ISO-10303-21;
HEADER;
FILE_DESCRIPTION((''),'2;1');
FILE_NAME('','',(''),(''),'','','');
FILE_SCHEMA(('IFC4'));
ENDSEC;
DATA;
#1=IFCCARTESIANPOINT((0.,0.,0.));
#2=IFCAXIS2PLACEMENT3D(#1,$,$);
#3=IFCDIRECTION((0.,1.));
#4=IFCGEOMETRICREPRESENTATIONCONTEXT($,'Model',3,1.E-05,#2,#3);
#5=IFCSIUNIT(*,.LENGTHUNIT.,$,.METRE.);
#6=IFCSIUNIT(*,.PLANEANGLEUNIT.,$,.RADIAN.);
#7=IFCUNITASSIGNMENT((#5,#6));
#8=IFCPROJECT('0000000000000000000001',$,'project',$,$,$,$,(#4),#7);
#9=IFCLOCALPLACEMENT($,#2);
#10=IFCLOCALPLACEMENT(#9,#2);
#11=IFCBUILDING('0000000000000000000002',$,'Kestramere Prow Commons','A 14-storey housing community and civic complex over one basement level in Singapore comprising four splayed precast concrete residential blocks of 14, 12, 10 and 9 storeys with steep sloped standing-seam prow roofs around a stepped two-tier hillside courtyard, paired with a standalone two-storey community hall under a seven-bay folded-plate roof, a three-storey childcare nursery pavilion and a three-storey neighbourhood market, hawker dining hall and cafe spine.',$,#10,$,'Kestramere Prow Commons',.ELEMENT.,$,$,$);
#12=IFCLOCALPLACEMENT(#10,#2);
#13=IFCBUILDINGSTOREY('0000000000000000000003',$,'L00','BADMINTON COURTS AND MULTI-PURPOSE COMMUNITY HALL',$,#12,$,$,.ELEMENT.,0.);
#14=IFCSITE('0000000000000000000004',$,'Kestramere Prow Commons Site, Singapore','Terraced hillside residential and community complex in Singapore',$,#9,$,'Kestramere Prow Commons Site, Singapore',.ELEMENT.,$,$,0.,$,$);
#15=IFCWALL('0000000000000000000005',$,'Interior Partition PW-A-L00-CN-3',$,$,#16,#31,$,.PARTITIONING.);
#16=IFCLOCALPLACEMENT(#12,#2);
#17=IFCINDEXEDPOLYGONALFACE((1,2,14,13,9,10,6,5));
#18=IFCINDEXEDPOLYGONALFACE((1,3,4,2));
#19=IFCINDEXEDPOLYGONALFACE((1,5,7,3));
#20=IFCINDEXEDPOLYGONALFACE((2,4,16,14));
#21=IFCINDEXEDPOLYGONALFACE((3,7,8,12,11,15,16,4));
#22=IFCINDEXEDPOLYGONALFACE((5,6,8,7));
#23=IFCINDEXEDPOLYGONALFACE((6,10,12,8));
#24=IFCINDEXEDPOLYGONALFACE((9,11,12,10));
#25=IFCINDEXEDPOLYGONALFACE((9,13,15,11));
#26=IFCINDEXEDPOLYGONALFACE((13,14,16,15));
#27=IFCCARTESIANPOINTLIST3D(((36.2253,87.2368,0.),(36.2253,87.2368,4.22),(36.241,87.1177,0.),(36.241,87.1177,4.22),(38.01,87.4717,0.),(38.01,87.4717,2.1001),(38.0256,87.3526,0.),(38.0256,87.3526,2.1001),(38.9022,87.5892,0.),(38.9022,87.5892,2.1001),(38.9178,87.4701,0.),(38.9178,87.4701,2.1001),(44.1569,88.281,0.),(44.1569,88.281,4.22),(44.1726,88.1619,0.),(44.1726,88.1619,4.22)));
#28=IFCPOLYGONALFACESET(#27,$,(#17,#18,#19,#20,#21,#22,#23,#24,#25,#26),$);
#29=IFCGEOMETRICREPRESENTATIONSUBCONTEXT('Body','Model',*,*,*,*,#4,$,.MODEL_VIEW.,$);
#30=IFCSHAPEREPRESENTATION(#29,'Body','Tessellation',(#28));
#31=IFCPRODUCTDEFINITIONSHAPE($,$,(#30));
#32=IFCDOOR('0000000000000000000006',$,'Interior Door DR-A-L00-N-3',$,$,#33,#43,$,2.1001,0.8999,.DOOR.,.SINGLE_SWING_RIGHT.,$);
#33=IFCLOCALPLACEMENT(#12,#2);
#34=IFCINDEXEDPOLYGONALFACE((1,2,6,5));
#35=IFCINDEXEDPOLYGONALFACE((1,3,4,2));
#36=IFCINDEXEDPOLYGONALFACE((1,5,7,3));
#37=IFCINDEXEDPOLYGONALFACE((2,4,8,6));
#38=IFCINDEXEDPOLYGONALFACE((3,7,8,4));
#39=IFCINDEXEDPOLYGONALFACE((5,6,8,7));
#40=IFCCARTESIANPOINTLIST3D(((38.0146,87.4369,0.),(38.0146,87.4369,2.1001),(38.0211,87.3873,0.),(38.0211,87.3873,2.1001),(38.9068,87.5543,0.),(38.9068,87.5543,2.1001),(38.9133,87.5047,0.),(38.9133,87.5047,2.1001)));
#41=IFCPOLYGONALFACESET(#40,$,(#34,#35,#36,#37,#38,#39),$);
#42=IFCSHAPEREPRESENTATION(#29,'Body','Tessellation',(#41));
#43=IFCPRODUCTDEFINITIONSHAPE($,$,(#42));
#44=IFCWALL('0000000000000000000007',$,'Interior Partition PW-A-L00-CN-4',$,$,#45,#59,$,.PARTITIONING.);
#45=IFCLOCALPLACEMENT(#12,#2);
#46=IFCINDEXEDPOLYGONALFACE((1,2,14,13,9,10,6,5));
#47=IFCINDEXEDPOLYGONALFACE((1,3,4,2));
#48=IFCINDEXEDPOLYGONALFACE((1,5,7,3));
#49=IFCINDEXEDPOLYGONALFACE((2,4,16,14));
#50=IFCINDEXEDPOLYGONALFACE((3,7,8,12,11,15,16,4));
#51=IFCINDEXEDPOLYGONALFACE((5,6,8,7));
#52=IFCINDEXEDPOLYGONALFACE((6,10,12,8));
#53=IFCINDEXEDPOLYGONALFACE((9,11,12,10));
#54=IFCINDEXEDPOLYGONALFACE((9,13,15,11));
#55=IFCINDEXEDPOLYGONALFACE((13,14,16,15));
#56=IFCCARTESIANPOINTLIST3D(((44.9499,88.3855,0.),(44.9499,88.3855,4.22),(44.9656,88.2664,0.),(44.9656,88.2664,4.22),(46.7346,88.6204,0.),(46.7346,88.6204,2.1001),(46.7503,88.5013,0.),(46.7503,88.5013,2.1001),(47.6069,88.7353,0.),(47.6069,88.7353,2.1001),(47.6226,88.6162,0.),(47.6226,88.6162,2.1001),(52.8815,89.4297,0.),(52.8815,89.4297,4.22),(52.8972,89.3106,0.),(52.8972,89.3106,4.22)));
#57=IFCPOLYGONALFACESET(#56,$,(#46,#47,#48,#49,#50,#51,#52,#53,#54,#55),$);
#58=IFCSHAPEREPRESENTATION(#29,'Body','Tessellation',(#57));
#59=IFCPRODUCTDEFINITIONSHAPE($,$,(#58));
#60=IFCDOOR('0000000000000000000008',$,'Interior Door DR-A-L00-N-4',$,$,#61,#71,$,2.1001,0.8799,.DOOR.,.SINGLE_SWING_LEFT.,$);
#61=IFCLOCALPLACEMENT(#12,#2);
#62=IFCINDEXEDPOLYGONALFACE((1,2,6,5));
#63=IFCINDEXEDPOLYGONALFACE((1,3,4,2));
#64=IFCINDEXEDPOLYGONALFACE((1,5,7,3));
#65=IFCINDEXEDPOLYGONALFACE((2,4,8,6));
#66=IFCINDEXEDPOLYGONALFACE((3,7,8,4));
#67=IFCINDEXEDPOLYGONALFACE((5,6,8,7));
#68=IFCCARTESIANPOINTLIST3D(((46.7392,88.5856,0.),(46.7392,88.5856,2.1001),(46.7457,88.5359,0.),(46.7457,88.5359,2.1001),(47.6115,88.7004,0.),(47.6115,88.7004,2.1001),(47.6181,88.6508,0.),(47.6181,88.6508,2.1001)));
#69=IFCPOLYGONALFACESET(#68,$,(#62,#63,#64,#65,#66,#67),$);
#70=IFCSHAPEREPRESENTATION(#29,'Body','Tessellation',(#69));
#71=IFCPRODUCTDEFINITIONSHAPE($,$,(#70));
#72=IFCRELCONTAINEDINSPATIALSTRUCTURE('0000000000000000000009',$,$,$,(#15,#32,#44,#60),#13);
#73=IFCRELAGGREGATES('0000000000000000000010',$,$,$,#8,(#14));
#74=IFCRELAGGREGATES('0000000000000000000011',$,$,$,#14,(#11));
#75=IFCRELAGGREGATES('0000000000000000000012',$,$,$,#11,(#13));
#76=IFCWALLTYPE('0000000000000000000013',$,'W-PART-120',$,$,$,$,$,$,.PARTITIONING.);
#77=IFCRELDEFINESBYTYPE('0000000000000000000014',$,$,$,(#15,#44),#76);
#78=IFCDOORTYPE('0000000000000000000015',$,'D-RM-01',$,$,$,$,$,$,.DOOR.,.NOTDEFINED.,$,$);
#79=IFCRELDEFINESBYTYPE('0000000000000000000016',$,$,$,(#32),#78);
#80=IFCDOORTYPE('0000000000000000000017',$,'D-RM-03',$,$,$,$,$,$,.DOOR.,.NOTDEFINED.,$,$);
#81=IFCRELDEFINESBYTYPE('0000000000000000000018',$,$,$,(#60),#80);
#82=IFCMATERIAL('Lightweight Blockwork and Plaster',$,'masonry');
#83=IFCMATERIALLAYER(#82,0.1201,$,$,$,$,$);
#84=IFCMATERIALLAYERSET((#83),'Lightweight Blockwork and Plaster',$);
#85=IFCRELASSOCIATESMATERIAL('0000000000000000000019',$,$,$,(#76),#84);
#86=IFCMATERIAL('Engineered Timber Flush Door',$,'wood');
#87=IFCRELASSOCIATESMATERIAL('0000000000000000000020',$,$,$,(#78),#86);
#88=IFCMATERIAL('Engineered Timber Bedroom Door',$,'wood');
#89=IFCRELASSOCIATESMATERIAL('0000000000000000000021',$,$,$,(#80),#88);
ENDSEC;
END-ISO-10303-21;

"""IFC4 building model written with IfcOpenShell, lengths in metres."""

from ifc_helpers import new_model, si_unit, direction, frame, frame_2d, origin, place, context, subcontext, project, spatial, rectangle, extrude, material, layer, layer_set, type_object, element, fill, save


model = new_model("IFC4")

# Units and contexts
model_context = context("Model", 3, precision=1e-05, world=origin(), true_north=direction((0.0, 1.0)))
body_context = subcontext(model_context, "Body", "Model", "MODEL_VIEW")
ifc_project = project(units=[si_unit("LENGTHUNIT", "METRE"), si_unit("PLANEANGLEUNIT", "RADIAN")], contexts=[model_context])

# Site, building, storey
site_placement = place(None, origin())
site = spatial("IfcSite", under=ifc_project, at=site_placement, Name="Kestramere Prow Commons Site, Singapore", Description="Terraced hillside residential and community complex in Singapore", LongName="Kestramere Prow Commons Site, Singapore", CompositionType="ELEMENT", RefElevation=0.0)
building_placement = place(site_placement, origin())
building = spatial("IfcBuilding", under=site, at=building_placement, Name="Kestramere Prow Commons", Description="A 14-storey housing community and civic complex over one basement level in Singapore comprising four splayed precast concrete residential blocks of 14, 12, 10 and 9 storeys with steep sloped standing-seam prow roofs around a stepped two-tier hillside courtyard, paired with a standalone two-storey community hall under a seven-bay folded-plate roof, a three-storey childcare nursery pavilion and a three-storey neighbourhood market, hawker dining hall and cafe spine.", LongName="Kestramere Prow Commons", CompositionType="ELEMENT")
storey_placement = place(building_placement, origin())
storey = spatial("IfcBuildingStorey", under=building, at=storey_placement, Name="L00", Description="BADMINTON COURTS AND MULTI-PURPOSE COMMUNITY HALL", CompositionType="ELEMENT", Elevation=0.0)

# Walls, openings, doors
ifc_material_1 = material(Name="Lightweight Blockwork and Plaster", Category="masonry")
ifc_layer_1 = layer(ifc_material_1, 0.1201)
ifc_layer_set_1 = layer_set([ifc_layer_1], Name="Lightweight Blockwork and Plaster")
wall_type_1 = type_object("IfcWallType", Name="W-PART-120", PredefinedType="PARTITIONING", material=ifc_layer_set_1)
ifc_material_2 = material(Name="Engineered Timber Flush Door", Category="wood")
door_type_1 = type_object("IfcDoorType", Name="D-RM-01", OperationType="NOTDEFINED", PredefinedType="DOOR", material=ifc_material_2)
wall_1_placement = place(storey_placement, frame((36.2332, 87.1772, 0.0), z_axis=(0.0, 0.0, 1.0), x_axis=(0.991445, 0.130522, 0.0)))
wall_1 = element("IfcWall", 1, at=wall_1_placement, inside=storey, type_object=wall_type_1, Name="Interior Partition PW-A-L00-CN-3", PredefinedType="PARTITIONING", context=body_context, shape_type="SweptSolid", body=[
    extrude(rectangle(XDim=8.0, YDim=0.1201, at=frame_2d((4.0, 0.0))), origin(), (0.0, 0.0, 1.0), 4.22),
])
opening_1_placement = place(wall_1_placement, frame((1.8, 0.0, 0.0)))
opening_1 = element("IfcOpeningElement", 2, at=opening_1_placement, cuts=wall_1, PredefinedType="OPENING", context=body_context, shape_type="SweptSolid", body=[
    extrude(rectangle(XDim=0.8999, YDim=2.1001, at=frame_2d((0.45, 1.05))), frame((0.0, 0.075, 0.0), z_axis=(0.0, -1.0, 0.0), x_axis=(1.0, 0.0, 0.0)), (0.0, 0.0, 1.0), 0.1501),
])
door_1_placement = place(opening_1_placement, origin())
door_1 = element("IfcDoor", 3, at=door_1_placement, inside=storey, type_object=door_type_1, Name="Interior Door DR-A-L00-N-3", OperationType="SINGLE_SWING_RIGHT", OverallHeight=2.1001, OverallWidth=0.8999, PredefinedType="DOOR", context=body_context, shape_type="SweptSolid", body=[
    extrude(rectangle(XDim=0.8999, YDim=2.1001, at=frame_2d((0.45, 1.05))), frame((0.0, 0.0249, 0.0), z_axis=(0.0, -1.0, 0.0), x_axis=(1.0, 0.0, 0.0)), (0.0, 0.0, 1.0), 0.05),
])
fill(opening_1, door_1)
wall_2_placement = place(storey_placement, frame((44.9578, 88.3259, 0.0), z_axis=(0.0, 0.0, 1.0), x_axis=(0.991445, 0.130522, 0.0)))
wall_2 = element("IfcWall", 4, at=wall_2_placement, inside=storey, type_object=wall_type_1, Name="Interior Partition PW-A-L00-CN-4", PredefinedType="PARTITIONING", context=body_context, shape_type="SweptSolid", body=[
    extrude(rectangle(XDim=8.0, YDim=0.1201, at=frame_2d((4.0, 0.0))), origin(), (0.0, 0.0, 1.0), 4.22),
])
opening_2_placement = place(wall_2_placement, frame((1.8, 0.0, 0.0)))
opening_2 = element("IfcOpeningElement", 5, at=opening_2_placement, cuts=wall_2, PredefinedType="OPENING", context=body_context, shape_type="SweptSolid", body=[
    extrude(rectangle(XDim=0.8799, YDim=2.1001, at=frame_2d((0.4399, 1.05))), frame((0.0, 0.075, 0.0), z_axis=(0.0, -1.0, 0.0), x_axis=(1.0, 0.0, 0.0)), (0.0, 0.0, 1.0), 0.1501),
])
ifc_material_3 = material(Name="Engineered Timber Bedroom Door", Category="wood")
door_type_2 = type_object("IfcDoorType", Name="D-RM-03", OperationType="NOTDEFINED", PredefinedType="DOOR", material=ifc_material_3)
door_2_placement = place(opening_2_placement, origin())
door_2 = element("IfcDoor", 6, at=door_2_placement, inside=storey, type_object=door_type_2, Name="Interior Door DR-A-L00-N-4", OperationType="SINGLE_SWING_LEFT", OverallHeight=2.1001, OverallWidth=0.8799, PredefinedType="DOOR", context=body_context, shape_type="SweptSolid", body=[
    extrude(rectangle(XDim=0.8799, YDim=2.1001, at=frame_2d((0.4399, 1.05))), frame((0.0, 0.0249, 0.0), z_axis=(0.0, -1.0, 0.0), x_axis=(1.0, 0.0, 0.0)), (0.0, 0.0, 1.0), 0.05),
])
fill(opening_2, door_2)

save(model, "model.ifc")
